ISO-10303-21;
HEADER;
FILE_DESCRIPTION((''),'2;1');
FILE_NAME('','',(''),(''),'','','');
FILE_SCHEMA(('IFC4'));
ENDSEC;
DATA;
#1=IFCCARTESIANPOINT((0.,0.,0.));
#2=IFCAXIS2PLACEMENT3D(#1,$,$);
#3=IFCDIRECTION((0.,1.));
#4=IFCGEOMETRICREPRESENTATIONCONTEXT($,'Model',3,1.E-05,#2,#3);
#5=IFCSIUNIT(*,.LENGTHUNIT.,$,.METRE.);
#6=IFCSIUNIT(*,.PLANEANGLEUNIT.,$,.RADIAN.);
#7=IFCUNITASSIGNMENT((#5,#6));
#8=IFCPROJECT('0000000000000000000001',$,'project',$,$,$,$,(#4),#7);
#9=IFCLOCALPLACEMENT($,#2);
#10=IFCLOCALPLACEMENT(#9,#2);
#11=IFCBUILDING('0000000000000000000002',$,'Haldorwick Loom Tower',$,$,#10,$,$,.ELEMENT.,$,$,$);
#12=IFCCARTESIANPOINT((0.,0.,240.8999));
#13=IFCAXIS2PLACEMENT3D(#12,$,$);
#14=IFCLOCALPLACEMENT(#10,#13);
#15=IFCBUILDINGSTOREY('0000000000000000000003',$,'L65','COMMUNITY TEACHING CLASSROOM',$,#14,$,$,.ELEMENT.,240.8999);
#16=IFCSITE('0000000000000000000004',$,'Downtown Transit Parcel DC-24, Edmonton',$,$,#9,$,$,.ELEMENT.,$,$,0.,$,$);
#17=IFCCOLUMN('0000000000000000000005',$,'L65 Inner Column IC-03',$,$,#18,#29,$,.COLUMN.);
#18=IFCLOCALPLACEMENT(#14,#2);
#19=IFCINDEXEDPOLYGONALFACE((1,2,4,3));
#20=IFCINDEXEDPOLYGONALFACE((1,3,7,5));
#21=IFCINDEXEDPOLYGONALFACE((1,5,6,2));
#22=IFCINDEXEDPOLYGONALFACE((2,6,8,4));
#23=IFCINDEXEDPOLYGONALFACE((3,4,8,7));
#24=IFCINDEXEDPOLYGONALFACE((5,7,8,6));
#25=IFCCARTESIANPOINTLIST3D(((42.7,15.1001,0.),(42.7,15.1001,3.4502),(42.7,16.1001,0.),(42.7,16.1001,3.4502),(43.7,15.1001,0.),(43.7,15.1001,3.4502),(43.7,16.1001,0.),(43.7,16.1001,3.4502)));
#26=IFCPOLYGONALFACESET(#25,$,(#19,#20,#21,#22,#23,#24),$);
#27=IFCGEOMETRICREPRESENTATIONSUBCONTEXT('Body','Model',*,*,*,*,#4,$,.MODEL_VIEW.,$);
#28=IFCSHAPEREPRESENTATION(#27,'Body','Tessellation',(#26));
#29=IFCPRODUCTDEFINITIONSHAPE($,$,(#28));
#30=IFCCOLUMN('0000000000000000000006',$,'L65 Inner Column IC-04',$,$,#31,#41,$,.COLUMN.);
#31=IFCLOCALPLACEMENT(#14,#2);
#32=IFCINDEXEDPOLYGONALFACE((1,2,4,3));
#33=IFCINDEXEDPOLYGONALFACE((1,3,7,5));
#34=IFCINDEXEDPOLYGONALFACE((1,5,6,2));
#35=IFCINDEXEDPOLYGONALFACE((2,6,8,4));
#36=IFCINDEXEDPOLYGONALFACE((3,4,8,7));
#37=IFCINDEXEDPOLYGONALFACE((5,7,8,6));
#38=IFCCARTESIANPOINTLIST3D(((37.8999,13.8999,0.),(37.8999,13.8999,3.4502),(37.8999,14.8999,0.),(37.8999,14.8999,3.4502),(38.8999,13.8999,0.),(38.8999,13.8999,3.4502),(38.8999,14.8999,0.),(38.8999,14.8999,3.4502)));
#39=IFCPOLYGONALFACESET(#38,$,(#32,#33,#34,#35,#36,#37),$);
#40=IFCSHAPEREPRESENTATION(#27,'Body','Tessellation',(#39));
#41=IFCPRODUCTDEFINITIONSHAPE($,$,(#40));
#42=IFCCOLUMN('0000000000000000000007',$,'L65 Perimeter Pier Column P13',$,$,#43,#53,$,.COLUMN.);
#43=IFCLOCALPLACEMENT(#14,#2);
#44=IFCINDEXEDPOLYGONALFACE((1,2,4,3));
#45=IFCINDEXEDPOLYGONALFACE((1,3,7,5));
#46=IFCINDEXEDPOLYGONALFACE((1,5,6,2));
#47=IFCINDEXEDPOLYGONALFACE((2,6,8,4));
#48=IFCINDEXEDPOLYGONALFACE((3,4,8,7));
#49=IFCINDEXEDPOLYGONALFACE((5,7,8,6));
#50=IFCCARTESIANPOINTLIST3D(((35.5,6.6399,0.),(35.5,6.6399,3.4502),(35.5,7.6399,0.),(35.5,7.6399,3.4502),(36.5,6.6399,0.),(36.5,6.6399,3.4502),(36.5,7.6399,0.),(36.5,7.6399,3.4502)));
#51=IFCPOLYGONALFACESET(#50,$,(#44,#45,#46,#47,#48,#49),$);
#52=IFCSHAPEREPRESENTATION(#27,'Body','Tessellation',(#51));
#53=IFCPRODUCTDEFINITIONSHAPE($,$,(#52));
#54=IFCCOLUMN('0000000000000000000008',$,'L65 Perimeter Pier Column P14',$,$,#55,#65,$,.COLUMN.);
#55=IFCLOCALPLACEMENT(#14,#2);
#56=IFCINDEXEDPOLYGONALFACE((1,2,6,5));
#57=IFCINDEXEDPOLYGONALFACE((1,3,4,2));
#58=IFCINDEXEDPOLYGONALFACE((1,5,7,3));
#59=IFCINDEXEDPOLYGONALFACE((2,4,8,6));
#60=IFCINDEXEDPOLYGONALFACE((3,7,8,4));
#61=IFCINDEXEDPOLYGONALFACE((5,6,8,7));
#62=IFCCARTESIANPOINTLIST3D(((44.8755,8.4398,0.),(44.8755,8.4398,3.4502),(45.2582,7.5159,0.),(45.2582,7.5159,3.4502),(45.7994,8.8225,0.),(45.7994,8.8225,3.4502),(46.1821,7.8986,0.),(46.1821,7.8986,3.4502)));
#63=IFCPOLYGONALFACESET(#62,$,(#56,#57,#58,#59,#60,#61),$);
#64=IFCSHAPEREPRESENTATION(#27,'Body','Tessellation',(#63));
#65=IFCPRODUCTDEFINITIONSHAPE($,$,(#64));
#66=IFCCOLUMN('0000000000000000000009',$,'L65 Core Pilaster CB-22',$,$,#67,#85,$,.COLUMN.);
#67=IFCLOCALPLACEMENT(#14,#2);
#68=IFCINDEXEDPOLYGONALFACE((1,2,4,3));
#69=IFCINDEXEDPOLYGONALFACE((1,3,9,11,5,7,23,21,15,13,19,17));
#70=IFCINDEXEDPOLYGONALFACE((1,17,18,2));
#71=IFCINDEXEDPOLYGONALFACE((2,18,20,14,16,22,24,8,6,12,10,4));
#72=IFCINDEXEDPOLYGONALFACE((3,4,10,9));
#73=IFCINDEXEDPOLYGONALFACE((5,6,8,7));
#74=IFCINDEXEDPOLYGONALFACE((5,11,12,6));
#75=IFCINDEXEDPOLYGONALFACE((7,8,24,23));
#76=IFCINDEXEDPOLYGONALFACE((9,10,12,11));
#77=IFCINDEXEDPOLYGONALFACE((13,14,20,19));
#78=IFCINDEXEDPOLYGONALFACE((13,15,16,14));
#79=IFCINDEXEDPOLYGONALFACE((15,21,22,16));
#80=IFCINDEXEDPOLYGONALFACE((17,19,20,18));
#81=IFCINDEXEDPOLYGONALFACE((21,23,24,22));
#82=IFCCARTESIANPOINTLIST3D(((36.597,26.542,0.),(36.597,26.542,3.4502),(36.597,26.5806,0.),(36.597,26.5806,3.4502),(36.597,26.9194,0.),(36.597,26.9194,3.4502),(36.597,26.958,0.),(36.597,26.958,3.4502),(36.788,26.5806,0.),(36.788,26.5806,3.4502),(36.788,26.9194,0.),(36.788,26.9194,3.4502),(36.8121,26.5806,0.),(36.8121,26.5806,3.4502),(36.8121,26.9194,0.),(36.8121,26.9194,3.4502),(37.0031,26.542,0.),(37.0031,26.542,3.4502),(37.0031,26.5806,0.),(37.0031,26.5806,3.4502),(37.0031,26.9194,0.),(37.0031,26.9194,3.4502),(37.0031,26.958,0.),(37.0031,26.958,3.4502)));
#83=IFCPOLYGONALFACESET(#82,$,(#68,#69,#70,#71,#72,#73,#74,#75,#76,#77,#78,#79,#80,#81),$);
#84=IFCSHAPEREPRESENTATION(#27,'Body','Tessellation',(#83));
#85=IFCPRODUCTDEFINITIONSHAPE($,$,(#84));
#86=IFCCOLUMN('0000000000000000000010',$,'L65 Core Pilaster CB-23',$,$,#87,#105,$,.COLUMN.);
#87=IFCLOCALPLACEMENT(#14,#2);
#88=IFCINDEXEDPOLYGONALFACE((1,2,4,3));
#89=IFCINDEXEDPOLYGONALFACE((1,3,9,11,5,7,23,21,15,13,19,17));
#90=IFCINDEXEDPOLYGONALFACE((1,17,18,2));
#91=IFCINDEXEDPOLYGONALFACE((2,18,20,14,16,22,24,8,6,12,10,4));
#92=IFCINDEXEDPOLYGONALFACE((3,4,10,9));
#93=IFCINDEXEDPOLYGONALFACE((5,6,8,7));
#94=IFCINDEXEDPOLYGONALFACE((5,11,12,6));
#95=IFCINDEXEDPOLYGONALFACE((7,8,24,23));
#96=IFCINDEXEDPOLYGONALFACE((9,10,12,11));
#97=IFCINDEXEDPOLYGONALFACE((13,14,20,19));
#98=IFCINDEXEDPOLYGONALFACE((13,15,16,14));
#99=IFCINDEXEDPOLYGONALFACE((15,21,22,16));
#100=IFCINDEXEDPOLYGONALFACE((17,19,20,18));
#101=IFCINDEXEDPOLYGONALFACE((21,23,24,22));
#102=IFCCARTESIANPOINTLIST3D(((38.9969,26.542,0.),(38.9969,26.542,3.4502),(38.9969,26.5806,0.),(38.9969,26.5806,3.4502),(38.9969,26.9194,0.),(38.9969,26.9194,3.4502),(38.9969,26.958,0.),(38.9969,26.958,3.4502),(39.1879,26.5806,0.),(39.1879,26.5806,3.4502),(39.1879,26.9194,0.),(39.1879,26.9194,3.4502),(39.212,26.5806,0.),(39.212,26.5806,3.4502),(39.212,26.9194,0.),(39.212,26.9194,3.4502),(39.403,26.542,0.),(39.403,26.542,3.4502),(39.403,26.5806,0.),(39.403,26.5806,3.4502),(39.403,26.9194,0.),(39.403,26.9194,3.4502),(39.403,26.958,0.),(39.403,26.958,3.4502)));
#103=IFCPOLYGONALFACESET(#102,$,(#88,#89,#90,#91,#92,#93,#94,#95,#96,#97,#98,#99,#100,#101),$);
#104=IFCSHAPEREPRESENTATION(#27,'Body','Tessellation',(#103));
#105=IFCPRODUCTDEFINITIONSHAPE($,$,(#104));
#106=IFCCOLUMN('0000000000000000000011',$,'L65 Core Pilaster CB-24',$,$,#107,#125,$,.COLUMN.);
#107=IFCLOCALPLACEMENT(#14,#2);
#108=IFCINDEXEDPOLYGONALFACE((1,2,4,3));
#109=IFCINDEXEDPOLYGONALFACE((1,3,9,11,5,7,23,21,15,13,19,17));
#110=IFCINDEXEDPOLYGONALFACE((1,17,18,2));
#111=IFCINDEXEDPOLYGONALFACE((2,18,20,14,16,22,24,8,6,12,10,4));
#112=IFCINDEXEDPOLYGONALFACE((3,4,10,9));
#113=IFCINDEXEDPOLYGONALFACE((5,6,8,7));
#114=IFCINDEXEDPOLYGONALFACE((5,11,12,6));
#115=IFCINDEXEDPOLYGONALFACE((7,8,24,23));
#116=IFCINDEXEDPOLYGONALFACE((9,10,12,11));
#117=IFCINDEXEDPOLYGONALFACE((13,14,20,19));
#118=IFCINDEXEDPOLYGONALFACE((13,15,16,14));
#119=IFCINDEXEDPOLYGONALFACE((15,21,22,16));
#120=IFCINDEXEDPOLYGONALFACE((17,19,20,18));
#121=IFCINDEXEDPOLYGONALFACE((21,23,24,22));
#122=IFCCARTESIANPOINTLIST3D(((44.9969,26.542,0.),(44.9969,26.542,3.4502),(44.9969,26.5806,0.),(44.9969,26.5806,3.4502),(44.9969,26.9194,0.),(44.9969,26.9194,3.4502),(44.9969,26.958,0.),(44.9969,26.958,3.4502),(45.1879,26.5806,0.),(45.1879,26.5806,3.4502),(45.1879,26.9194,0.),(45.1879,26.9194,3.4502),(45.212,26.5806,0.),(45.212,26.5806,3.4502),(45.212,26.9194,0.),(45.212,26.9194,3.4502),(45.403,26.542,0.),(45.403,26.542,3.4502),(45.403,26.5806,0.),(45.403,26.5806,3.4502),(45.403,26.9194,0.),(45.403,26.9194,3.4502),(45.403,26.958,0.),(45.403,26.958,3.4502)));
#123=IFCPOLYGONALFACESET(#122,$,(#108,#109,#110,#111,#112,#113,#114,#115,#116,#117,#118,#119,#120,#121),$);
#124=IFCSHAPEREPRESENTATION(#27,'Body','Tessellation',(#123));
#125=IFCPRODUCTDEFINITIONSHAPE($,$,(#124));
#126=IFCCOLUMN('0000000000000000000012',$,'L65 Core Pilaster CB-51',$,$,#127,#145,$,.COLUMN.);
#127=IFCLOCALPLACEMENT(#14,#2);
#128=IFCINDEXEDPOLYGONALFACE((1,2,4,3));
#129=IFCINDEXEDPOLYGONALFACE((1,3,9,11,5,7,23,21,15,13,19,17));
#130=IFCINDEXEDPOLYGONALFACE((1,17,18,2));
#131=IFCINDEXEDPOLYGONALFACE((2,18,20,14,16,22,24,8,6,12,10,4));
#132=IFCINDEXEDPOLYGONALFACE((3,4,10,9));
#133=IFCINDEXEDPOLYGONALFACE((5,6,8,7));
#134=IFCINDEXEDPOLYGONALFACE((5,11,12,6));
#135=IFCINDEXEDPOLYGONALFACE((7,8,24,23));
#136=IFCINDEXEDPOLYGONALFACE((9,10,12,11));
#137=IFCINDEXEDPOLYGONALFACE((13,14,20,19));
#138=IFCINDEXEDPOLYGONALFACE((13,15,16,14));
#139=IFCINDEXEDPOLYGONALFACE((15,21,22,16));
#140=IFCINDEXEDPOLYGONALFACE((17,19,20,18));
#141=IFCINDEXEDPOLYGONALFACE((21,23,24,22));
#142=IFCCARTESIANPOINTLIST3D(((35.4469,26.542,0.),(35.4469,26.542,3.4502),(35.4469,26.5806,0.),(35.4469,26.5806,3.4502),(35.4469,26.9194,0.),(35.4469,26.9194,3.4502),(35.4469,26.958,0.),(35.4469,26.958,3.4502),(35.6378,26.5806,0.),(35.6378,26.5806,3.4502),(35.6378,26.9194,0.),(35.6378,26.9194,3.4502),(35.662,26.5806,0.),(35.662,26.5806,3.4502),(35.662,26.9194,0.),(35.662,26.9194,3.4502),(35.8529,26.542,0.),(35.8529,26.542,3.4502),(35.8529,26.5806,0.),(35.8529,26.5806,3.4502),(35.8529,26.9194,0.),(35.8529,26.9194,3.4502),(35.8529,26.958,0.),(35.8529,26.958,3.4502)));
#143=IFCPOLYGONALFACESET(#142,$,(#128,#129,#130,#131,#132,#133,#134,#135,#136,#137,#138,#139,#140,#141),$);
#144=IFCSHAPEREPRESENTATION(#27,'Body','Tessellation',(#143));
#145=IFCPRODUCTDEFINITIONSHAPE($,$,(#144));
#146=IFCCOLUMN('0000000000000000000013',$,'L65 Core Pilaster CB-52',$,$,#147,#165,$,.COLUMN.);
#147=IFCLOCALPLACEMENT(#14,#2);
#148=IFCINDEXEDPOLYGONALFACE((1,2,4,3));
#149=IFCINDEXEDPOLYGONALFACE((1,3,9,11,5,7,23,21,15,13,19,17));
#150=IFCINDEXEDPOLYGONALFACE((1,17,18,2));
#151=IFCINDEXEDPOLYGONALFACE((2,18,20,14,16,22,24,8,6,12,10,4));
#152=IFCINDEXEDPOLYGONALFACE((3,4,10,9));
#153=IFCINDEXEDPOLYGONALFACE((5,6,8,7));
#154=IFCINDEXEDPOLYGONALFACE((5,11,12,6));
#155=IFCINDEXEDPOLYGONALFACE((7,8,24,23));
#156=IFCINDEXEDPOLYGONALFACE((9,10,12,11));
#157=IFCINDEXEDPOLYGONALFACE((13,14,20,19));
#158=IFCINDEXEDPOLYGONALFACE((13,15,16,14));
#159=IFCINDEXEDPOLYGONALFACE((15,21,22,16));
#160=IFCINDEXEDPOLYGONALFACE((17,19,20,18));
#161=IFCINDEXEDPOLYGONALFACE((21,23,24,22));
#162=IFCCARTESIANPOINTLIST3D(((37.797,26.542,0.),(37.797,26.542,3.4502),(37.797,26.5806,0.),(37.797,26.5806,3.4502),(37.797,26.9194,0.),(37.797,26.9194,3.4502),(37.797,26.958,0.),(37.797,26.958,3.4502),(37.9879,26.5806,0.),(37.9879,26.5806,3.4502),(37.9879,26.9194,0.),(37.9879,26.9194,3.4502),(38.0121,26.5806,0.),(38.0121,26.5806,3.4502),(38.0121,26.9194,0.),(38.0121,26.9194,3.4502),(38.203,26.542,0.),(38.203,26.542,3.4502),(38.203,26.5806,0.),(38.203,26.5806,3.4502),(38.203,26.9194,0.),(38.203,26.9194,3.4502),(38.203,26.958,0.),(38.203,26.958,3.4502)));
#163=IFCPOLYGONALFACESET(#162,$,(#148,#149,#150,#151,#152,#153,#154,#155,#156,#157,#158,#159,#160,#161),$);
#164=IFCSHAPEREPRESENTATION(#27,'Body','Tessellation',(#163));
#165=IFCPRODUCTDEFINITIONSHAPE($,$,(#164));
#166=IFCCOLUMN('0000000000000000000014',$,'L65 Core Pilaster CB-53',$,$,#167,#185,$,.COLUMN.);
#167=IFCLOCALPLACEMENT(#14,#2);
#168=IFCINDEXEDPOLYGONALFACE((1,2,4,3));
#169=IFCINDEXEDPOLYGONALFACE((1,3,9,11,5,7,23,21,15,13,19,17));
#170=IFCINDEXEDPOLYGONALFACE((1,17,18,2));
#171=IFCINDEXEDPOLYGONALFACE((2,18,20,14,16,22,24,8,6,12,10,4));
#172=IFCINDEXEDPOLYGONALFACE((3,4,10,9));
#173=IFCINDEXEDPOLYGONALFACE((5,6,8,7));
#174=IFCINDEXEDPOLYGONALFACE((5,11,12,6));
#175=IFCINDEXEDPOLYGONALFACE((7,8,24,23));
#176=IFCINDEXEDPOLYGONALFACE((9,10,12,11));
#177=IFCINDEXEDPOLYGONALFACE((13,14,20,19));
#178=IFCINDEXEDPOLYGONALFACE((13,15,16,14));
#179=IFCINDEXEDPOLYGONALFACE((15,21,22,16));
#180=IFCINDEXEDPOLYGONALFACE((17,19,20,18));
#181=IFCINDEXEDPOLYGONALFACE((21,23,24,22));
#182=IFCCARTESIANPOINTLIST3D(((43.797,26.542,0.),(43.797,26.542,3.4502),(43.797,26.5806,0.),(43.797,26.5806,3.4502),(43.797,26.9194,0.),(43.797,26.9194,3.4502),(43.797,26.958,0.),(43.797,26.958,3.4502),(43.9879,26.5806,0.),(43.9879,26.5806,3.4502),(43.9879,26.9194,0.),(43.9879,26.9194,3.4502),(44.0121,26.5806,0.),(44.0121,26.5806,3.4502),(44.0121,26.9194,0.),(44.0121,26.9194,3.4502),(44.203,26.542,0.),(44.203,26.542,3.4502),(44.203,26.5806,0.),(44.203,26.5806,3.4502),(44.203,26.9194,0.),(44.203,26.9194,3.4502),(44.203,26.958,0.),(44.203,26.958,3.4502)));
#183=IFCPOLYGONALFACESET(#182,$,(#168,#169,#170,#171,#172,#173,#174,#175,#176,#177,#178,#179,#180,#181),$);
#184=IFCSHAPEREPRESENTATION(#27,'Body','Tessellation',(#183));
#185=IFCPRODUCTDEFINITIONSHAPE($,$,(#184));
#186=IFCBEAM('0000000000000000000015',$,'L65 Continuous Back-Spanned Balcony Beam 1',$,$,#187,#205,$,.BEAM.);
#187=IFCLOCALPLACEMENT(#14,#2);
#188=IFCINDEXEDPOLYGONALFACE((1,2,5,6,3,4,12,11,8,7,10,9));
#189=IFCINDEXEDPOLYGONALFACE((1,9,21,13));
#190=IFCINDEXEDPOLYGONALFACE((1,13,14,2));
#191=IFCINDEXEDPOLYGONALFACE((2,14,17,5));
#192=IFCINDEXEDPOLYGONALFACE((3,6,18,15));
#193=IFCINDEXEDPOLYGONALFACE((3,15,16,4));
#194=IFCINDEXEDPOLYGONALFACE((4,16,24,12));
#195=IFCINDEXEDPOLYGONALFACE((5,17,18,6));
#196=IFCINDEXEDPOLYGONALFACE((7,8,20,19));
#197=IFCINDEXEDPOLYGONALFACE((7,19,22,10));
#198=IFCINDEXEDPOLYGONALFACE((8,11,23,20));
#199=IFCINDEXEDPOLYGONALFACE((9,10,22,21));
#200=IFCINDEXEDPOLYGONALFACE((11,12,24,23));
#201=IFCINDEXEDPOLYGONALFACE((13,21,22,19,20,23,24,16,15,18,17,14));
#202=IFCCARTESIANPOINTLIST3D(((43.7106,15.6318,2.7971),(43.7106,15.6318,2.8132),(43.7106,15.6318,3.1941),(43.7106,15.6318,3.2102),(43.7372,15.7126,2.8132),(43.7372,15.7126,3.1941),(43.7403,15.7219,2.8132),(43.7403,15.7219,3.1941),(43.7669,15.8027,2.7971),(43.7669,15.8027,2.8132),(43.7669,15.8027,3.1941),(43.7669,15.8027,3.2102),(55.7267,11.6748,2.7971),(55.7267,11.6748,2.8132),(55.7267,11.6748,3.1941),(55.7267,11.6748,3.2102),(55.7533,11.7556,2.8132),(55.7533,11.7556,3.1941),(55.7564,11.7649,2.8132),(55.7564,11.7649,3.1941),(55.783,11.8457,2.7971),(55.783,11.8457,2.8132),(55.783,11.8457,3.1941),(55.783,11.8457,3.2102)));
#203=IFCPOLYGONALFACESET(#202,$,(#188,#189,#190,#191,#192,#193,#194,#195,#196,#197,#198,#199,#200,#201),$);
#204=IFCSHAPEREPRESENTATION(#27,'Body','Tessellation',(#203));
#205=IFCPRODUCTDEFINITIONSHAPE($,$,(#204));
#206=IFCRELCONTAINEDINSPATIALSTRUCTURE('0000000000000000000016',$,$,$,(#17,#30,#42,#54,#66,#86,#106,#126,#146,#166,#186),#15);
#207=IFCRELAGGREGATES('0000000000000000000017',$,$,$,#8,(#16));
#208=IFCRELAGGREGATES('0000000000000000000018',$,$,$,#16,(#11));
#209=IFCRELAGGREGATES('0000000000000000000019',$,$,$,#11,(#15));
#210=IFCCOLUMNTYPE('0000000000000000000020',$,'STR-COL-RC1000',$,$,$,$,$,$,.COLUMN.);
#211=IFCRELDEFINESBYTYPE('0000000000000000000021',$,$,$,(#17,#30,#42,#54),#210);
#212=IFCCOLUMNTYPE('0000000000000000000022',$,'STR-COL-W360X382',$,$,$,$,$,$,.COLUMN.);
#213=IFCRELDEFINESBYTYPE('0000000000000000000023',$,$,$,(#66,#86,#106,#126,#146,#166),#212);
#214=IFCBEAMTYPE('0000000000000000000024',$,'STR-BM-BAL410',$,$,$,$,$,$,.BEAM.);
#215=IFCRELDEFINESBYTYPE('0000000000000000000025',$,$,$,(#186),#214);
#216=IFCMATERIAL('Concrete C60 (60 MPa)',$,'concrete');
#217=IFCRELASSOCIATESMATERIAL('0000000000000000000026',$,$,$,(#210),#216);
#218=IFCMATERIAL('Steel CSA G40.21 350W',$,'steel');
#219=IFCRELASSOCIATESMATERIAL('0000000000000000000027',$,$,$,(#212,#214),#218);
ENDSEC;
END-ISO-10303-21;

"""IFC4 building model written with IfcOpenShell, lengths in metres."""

from ifc_helpers import new_model, si_unit, direction, frame, origin, origin_2d, place, context, subcontext, project, spatial, rectangle, i_section, extrude, material, material_profile, profile_set, type_object, element, save


model = new_model("IFC4")

# Units and contexts
model_context = context("Model", 3, precision=1e-05, world=origin(), true_north=direction((0.0, 1.0)))
body_context = subcontext(model_context, "Body", "Model", "MODEL_VIEW")
ifc_project = project(units=[si_unit("LENGTHUNIT", "METRE"), si_unit("PLANEANGLEUNIT", "RADIAN")], contexts=[model_context])

# Site, building, storey
site_placement = place(None, origin())
site = spatial("IfcSite", under=ifc_project, at=site_placement, Name="Downtown Transit Parcel DC-24, Edmonton", CompositionType="ELEMENT", RefElevation=0.0)
building_placement = place(site_placement, origin())
building = spatial("IfcBuilding", under=site, at=building_placement, Name="Haldorwick Loom Tower", CompositionType="ELEMENT")
storey_placement = place(building_placement, frame((0.0, 0.0, 240.8999)))
storey = spatial("IfcBuildingStorey", under=building, at=storey_placement, Name="L65", Description="COMMUNITY TEACHING CLASSROOM", CompositionType="ELEMENT", Elevation=240.8999)

# Columns
ifc_material_1 = material(Name="Concrete C60 (60 MPa)", Category="concrete")
ifc_material_profile_1 = material_profile(ifc_material_1, rectangle(XDim=1.0, YDim=1.0, at=origin_2d()), Name="RC1000X1000", Category="concrete")
ifc_profile_set_1 = profile_set([ifc_material_profile_1], Name="Concrete C60 (60 MPa)")
column_type_1 = type_object("IfcColumnType", Name="STR-COL-RC1000", PredefinedType="COLUMN", material=ifc_profile_set_1)
for number, where, z_axis, x_axis, name in (
    (1, (43.2, 15.6001, 0.0), (0.0, 0.0, 1.0), (1.0, 0.0, 0.0), "L65 Inner Column IC-03"),
    (2, (38.3999, 14.3999, 0.0), (0.0, 0.0, 1.0), (1.0, 0.0, 0.0), "L65 Inner Column IC-04"),
    (3, (36.0, 7.1399, 0.0), (0.0, 0.0, 1.0), (0.0, -1.0, 0.0), "L65 Perimeter Pier Column P13"),
    (4, (45.5288, 8.1692, 0.0), (0.0, 0.0, 1.0), (0.382683, -0.92388, 0.0), "L65 Perimeter Pier Column P14"),
):
    element("IfcColumn", number, at=place(storey_placement, frame(where, z_axis=z_axis, x_axis=x_axis)), inside=storey, type_object=column_type_1, Name=name, PredefinedType="COLUMN", context=body_context, shape_type="SweptSolid", body=[
        extrude(rectangle(XDim=1.0, YDim=1.0, at=origin_2d()), origin(), (0.0, 0.0, 1.0), 3.4502),
    ])
ifc_material_2 = material(Name="Steel CSA G40.21 350W", Category="steel")
ifc_material_profile_2 = material_profile(ifc_material_2, i_section(OverallWidth=0.406, OverallDepth=0.416, WebThickness=0.0242, FlangeThickness=0.0386, at=origin_2d()), Name="W360X382", Category="steel")
ifc_profile_set_2 = profile_set([ifc_material_profile_2], Name="Steel CSA G40.21 350W")
column_type_2 = type_object("IfcColumnType", Name="STR-COL-W360X382", PredefinedType="COLUMN", material=ifc_profile_set_2)
for number, where, z_axis, x_axis, name in (
    (5, (36.8, 26.75, 0.0), (0.0, 0.0, 1.0), (1.0, 0.0, 0.0), "L65 Core Pilaster CB-22"),
    (6, (39.2, 26.75, 0.0), (0.0, 0.0, 1.0), (1.0, 0.0, 0.0), "L65 Core Pilaster CB-23"),
    (7, (45.2, 26.75, 0.0), (0.0, 0.0, 1.0), (1.0, 0.0, 0.0), "L65 Core Pilaster CB-24"),
    (8, (35.6499, 26.75, 0.0), (0.0, 0.0, 1.0), (1.0, 0.0, 0.0), "L65 Core Pilaster CB-51"),
    (9, (38.0, 26.75, 0.0), (0.0, 0.0, 1.0), (1.0, 0.0, 0.0), "L65 Core Pilaster CB-52"),
    (10, (44.0, 26.75, 0.0), (0.0, 0.0, 1.0), (1.0, 0.0, 0.0), "L65 Core Pilaster CB-53"),
):
    element("IfcColumn", number, at=place(storey_placement, frame(where, z_axis=z_axis, x_axis=x_axis)), inside=storey, type_object=column_type_2, Name=name, PredefinedType="COLUMN", context=body_context, shape_type="SweptSolid", body=[
        extrude(i_section(OverallWidth=0.406, OverallDepth=0.416, WebThickness=0.0242, FlangeThickness=0.0386, at=origin_2d()), origin(), (0.0, 0.0, 1.0), 3.4502),
    ])

# Beam
ifc_material_profile_3 = material_profile(ifc_material_2, i_section(OverallWidth=0.1799, OverallDepth=0.4131, WebThickness=0.0098, FlangeThickness=0.0161, at=origin_2d()), Name="W410X74", Category="steel")
ifc_profile_set_3 = profile_set([ifc_material_profile_3], Name="Steel CSA G40.21 350W")
beam_type_1 = type_object("IfcBeamType", Name="STR-BM-BAL410", PredefinedType="BEAM", material=ifc_profile_set_3)
beam_1_placement = place(storey_placement, frame((43.7388, 15.7173, 3.0037), z_axis=(0.949823, -0.312787, 0.0), x_axis=(0.312787, 0.949823, 0.0)))
element("IfcBeam", 11, at=beam_1_placement, inside=storey, type_object=beam_type_1, Name="L65 Continuous Back-Spanned Balcony Beam 1", PredefinedType="BEAM", context=body_context, shape_type="SweptSolid", body=[
    extrude(i_section(OverallWidth=0.1799, OverallDepth=0.4131, WebThickness=0.0098, FlangeThickness=0.0161, at=origin_2d()), origin(), (0.0, 0.0, 1.0), 12.6509),
])

save(model, "model.ifc")
